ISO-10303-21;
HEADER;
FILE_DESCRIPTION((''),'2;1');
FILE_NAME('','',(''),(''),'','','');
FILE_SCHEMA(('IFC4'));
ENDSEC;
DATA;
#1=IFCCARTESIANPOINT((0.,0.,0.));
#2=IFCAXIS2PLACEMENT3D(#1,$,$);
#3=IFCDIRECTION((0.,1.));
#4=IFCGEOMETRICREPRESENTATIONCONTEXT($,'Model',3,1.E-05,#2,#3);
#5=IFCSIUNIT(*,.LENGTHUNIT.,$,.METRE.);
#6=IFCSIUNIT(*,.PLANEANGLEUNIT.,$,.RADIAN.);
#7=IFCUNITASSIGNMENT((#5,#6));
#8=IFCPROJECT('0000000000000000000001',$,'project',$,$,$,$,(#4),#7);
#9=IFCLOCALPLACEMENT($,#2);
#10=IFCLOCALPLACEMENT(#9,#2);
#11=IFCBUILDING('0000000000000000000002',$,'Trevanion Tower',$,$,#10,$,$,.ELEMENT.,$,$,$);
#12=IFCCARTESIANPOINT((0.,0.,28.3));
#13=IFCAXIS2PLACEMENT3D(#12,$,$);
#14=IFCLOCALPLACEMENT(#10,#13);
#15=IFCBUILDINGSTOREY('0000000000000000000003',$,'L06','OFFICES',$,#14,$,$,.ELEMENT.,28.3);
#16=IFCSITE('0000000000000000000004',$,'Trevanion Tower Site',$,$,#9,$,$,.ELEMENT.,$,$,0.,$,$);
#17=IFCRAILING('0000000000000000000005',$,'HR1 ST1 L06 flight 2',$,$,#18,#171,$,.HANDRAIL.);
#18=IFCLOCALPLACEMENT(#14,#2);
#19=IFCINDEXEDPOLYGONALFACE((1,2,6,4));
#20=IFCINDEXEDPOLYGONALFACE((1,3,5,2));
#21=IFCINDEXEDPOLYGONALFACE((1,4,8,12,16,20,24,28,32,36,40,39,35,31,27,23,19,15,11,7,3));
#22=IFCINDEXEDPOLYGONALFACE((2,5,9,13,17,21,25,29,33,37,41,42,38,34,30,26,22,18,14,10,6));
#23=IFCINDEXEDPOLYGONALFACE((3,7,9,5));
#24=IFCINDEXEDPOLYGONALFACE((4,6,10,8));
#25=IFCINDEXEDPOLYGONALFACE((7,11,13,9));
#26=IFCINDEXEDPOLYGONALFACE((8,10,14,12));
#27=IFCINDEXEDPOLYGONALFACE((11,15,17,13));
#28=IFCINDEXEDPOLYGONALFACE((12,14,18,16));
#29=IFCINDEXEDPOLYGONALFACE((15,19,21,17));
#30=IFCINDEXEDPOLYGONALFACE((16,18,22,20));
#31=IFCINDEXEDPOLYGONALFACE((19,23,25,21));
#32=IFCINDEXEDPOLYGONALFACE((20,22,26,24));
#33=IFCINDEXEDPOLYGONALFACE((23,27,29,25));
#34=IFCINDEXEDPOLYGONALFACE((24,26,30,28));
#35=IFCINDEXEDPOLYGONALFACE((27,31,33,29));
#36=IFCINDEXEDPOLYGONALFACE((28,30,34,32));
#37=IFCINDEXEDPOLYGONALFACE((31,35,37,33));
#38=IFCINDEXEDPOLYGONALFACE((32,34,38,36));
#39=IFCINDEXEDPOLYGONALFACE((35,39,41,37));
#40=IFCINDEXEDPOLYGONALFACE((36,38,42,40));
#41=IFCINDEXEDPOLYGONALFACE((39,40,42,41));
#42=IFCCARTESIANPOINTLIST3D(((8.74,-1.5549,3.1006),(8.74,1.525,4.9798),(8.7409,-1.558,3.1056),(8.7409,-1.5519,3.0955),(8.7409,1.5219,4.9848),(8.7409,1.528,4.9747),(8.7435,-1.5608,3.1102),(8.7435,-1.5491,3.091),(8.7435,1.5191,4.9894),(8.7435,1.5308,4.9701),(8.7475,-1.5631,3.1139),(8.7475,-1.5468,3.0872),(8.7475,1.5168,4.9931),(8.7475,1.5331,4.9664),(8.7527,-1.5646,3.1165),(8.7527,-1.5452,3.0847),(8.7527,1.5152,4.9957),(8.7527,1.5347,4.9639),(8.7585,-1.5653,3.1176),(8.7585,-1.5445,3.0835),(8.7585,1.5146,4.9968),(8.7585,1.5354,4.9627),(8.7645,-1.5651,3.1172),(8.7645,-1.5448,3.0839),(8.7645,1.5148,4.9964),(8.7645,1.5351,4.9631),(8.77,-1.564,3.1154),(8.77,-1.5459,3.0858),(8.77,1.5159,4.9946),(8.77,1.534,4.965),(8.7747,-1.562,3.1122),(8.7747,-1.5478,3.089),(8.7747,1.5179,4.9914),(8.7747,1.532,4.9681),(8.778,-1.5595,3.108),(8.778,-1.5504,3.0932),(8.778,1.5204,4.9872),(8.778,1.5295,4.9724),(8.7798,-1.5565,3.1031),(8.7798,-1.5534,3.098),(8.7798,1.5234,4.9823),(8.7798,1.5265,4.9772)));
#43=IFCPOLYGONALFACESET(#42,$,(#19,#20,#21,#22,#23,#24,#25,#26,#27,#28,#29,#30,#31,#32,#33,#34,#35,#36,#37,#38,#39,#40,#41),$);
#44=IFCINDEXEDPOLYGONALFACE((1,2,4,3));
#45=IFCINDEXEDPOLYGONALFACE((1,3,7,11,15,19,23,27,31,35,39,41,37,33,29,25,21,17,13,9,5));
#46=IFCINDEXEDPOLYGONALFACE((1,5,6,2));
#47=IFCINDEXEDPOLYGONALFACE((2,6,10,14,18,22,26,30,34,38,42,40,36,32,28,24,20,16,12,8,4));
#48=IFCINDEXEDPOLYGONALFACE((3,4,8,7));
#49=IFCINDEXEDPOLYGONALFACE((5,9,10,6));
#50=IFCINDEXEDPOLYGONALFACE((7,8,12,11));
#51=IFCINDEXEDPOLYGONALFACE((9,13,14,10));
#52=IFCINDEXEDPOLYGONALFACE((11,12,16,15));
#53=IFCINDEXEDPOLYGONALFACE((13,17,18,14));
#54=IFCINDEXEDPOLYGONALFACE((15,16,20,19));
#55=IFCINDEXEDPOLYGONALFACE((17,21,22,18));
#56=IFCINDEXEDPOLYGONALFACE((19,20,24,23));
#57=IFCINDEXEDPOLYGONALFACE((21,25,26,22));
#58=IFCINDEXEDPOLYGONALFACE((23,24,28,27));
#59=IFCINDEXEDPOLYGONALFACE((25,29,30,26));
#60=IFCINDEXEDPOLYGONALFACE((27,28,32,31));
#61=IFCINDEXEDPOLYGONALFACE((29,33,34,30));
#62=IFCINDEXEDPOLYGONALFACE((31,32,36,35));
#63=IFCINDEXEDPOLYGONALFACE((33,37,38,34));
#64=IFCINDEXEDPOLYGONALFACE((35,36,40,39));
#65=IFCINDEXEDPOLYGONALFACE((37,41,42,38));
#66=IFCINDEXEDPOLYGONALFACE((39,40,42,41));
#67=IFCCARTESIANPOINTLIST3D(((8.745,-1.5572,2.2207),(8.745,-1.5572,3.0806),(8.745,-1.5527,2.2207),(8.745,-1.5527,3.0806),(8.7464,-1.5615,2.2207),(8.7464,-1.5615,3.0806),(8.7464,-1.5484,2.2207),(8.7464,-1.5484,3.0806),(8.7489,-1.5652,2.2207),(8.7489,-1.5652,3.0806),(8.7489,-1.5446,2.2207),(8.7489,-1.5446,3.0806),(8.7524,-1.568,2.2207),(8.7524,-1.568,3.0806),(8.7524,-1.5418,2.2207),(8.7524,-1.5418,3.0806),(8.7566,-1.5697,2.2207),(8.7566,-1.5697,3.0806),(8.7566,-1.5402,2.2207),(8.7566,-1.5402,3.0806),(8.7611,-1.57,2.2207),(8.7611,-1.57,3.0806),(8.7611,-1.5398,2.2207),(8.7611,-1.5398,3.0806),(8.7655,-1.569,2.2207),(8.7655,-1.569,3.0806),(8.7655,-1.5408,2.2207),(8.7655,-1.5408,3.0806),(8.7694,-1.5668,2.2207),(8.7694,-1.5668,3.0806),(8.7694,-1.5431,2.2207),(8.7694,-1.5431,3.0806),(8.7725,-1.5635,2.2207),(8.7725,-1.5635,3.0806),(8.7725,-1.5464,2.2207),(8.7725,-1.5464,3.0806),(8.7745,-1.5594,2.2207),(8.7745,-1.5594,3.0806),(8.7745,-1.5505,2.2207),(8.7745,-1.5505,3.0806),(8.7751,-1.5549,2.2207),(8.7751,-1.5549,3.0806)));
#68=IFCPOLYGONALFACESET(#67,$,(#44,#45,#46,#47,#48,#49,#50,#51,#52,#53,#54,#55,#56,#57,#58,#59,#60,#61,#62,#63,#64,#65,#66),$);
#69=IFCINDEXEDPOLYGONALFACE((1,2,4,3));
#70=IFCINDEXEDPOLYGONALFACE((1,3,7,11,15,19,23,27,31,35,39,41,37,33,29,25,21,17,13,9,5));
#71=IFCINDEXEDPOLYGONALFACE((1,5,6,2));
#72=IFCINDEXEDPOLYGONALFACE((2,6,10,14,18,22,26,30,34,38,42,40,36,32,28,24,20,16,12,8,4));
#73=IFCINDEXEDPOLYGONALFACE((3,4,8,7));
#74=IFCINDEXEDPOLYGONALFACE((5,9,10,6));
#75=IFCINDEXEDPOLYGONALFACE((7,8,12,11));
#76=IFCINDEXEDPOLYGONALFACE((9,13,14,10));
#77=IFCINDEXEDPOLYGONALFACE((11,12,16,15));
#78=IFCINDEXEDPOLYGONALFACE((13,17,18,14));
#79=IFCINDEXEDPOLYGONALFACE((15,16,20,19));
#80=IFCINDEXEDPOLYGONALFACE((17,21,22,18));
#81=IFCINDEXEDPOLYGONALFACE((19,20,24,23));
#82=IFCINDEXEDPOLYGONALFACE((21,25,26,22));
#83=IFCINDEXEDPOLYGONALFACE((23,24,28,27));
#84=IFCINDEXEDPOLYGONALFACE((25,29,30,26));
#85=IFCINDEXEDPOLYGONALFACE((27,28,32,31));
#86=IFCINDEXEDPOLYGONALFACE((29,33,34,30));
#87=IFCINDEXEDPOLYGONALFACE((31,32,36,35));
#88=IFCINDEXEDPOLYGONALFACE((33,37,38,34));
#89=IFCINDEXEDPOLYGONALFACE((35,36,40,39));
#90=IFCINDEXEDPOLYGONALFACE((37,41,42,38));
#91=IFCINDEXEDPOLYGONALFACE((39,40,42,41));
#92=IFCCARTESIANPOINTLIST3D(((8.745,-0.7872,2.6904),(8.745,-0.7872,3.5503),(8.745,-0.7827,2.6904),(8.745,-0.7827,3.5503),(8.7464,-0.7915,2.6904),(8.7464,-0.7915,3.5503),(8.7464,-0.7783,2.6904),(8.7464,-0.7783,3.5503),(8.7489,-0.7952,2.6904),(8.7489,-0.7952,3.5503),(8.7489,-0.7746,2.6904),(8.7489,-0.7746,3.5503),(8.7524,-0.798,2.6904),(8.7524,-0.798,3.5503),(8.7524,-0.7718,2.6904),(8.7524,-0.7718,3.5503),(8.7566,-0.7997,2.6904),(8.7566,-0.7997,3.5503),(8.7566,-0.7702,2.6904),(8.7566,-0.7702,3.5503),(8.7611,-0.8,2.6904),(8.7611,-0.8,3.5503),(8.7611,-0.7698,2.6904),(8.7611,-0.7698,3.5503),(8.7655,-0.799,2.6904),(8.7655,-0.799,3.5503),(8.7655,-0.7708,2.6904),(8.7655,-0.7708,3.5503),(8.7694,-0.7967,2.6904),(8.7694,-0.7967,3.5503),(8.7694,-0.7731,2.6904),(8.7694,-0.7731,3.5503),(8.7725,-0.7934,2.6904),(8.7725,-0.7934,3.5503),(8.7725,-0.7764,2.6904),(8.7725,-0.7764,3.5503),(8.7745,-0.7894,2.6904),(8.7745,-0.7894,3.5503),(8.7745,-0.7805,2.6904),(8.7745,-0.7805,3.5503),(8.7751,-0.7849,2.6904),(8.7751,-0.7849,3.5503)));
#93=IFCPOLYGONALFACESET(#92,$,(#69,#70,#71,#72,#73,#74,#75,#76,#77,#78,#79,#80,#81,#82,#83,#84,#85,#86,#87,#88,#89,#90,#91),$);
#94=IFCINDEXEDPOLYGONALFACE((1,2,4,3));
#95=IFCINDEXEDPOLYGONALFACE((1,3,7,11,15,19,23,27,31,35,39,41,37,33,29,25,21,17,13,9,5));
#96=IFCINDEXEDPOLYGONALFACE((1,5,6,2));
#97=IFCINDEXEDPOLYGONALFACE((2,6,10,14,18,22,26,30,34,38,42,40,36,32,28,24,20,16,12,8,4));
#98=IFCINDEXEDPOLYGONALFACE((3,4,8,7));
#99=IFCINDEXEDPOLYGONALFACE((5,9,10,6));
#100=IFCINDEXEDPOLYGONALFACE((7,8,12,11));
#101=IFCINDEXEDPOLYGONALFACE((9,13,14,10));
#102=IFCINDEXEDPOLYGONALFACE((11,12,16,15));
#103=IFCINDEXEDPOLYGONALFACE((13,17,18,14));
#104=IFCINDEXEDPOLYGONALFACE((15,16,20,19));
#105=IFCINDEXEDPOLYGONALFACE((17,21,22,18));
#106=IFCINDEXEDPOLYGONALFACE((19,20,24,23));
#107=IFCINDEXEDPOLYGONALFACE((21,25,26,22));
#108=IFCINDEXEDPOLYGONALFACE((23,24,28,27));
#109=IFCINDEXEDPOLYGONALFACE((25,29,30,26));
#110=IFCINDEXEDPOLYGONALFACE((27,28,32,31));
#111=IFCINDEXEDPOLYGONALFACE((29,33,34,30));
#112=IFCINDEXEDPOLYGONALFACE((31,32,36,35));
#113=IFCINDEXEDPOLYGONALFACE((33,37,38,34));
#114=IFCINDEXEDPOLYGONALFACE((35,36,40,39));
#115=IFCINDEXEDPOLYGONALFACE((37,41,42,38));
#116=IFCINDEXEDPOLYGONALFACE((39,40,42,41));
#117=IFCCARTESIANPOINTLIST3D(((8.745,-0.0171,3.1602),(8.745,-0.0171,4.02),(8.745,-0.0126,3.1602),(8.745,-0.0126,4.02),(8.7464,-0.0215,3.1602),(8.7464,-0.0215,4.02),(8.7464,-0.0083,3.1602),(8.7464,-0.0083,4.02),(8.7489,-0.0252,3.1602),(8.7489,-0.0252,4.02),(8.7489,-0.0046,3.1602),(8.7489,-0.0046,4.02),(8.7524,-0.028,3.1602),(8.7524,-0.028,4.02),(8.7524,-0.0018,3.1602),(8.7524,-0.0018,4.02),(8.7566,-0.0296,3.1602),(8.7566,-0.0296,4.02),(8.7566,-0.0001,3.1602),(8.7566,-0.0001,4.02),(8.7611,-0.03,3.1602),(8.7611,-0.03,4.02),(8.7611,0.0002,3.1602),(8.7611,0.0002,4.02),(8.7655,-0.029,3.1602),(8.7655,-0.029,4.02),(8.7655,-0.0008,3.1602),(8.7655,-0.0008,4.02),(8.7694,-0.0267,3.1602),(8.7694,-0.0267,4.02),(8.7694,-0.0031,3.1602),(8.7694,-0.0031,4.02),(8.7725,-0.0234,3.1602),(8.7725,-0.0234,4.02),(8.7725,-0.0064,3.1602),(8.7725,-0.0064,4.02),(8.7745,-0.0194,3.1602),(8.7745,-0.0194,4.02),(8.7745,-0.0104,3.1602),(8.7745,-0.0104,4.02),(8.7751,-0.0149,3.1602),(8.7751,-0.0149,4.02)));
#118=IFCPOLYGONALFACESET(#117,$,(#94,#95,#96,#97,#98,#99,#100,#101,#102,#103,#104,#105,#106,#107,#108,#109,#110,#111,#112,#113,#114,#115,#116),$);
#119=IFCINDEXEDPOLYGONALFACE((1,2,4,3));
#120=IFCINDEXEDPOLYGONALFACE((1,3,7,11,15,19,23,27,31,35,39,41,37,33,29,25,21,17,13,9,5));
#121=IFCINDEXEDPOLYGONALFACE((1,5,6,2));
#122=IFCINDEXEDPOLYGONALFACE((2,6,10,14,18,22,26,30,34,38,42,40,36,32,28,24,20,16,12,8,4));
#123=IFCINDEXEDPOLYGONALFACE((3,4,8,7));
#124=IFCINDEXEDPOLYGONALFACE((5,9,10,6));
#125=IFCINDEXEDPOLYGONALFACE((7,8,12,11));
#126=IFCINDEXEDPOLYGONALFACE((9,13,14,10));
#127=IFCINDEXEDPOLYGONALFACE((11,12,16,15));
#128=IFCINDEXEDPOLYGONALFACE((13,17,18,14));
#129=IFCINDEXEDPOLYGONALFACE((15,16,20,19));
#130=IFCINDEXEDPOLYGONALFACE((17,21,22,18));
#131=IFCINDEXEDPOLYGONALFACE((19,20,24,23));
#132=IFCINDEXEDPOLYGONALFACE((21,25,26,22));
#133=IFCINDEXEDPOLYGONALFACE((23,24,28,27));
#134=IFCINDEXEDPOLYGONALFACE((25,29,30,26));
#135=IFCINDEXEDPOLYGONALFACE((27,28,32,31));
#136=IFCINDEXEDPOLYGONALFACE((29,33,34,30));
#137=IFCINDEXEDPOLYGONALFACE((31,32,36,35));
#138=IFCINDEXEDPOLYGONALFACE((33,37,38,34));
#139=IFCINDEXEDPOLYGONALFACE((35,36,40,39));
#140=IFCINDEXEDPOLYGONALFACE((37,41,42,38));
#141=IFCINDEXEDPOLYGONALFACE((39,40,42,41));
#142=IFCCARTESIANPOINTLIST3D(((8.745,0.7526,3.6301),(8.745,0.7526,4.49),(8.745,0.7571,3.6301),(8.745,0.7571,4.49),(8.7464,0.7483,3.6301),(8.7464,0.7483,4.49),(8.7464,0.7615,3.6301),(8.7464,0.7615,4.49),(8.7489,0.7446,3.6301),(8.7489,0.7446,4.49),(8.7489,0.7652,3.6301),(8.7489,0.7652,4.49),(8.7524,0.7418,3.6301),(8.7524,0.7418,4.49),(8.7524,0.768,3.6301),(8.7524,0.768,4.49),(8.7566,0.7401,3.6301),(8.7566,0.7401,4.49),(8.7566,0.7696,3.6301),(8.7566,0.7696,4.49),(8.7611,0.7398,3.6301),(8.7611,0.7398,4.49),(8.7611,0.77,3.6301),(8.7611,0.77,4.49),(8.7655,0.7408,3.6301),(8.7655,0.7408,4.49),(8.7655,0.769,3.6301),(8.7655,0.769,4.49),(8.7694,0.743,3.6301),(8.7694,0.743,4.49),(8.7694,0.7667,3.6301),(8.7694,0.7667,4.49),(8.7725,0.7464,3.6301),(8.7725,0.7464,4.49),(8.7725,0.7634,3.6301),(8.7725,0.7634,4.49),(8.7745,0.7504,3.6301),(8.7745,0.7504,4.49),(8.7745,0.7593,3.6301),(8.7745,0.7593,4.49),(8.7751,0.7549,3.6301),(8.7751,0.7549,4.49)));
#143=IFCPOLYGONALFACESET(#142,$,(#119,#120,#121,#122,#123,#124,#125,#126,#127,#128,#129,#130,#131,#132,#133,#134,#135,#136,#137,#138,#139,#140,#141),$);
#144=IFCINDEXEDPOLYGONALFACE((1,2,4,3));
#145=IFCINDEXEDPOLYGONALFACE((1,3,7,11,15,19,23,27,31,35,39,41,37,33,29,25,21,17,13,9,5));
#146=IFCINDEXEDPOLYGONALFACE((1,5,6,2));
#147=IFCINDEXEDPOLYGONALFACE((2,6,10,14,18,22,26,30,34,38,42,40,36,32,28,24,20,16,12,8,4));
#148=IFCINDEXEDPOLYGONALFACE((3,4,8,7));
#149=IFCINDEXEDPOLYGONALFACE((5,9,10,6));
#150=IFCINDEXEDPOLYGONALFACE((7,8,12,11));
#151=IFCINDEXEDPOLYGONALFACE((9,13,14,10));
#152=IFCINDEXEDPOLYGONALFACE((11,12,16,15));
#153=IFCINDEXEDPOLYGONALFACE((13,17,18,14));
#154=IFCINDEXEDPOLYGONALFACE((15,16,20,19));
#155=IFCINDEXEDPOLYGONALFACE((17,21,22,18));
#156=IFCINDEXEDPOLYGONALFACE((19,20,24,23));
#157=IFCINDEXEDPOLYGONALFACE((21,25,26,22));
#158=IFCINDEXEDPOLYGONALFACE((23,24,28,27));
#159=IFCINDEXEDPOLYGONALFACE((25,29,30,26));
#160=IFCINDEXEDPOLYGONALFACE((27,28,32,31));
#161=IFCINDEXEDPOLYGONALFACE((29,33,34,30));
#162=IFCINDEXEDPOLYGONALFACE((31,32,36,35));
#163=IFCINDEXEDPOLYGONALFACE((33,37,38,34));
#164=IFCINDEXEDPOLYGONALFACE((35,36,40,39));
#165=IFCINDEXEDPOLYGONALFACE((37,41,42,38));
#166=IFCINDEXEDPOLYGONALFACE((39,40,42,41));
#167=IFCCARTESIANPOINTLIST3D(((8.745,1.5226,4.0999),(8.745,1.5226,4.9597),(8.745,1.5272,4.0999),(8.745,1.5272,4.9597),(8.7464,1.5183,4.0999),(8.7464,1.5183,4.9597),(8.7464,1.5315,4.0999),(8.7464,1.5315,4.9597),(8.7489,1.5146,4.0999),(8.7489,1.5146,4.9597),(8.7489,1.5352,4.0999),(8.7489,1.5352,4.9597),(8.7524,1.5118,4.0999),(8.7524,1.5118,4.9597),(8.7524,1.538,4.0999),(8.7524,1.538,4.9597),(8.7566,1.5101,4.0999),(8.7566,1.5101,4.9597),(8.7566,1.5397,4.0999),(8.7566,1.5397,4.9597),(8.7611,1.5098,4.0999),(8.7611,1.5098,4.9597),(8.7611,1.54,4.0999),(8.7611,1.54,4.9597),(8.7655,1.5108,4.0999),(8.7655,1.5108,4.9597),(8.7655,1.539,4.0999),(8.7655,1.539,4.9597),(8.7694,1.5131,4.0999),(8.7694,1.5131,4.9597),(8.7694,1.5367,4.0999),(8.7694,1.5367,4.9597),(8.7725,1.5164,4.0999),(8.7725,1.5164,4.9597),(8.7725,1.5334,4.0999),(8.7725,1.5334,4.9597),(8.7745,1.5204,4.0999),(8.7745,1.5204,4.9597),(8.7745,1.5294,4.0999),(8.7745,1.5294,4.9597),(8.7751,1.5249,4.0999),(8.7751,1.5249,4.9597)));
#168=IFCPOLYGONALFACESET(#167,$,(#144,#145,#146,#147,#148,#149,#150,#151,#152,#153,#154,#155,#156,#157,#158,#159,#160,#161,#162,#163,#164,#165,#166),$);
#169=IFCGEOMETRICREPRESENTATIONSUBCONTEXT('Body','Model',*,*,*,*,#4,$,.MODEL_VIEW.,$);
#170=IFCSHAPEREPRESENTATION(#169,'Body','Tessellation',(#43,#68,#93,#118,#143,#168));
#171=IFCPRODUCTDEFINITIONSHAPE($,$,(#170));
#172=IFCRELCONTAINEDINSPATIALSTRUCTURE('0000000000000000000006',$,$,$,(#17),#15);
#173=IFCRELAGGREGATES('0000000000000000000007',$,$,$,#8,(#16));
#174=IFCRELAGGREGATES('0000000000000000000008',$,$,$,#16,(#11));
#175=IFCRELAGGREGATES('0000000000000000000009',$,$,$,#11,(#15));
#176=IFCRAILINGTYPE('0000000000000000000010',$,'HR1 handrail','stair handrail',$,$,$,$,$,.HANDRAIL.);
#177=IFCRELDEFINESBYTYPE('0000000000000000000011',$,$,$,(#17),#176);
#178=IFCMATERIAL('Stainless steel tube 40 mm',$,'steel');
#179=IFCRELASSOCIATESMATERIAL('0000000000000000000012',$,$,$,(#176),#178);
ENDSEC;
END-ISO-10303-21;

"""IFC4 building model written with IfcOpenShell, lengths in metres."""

from ifc_helpers import new_model, si_unit, direction, frame, origin, origin_2d, place, context, subcontext, project, spatial, circle, extrude, material, type_object, element, save


model = new_model("IFC4")

# Units and contexts
model_context = context("Model", 3, precision=1e-05, world=origin(), true_north=direction((0.0, 1.0)))
body_context = subcontext(model_context, "Body", "Model", "MODEL_VIEW")
ifc_project = project(units=[si_unit("LENGTHUNIT", "METRE"), si_unit("PLANEANGLEUNIT", "RADIAN")], contexts=[model_context])

# Site, building, storey
site_placement = place(None, origin())
site = spatial("IfcSite", under=ifc_project, at=site_placement, Name="Trevanion Tower Site", CompositionType="ELEMENT", RefElevation=0.0)
building_placement = place(site_placement, origin())
building = spatial("IfcBuilding", under=site, at=building_placement, Name="Trevanion Tower", CompositionType="ELEMENT")
storey_placement = place(building_placement, frame((0.0, 0.0, 28.3)))
storey = spatial("IfcBuildingStorey", under=building, at=storey_placement, Name="L06", Description="OFFICES", CompositionType="ELEMENT", Elevation=28.3)

# Railing
ifc_material_1 = material(Name="Stainless steel tube 40 mm", Category="steel")
railing_type = type_object("IfcRailingType", Name="HR1 handrail", Description="stair handrail", PredefinedType="HANDRAIL", material=ifc_material_1)
for number, where, name in (
    (1, (8.76, -1.5549, 2.2207), "HR1 ST1 L06 flight 2"),
):
    element("IfcRailing", number, at=place(storey_placement, frame(where)), inside=storey, type_object=railing_type, Name=name, PredefinedType="HANDRAIL", context=body_context, shape_type="SweptSolid", body=[
        extrude(circle(Radius=0.02, at=origin_2d()), frame((0.0, 0.0, 0.8799), z_axis=(0.0, 0.853648, 0.52085), x_axis=(-1.0, 0.0, 0.0)), (0.0, 0.0, 1.0), 3.6079),
        extrude(circle(Radius=0.0151, at=origin_2d()), origin(), (0.0, 0.0, 1.0), 0.8599),
        extrude(circle(Radius=0.0151, at=origin_2d()), frame((0.0, 0.77, 0.4697)), (0.0, 0.0, 1.0), 0.8599),
        extrude(circle(Radius=0.0151, at=origin_2d()), frame((0.0, 1.54, 0.9395)), (0.0, 0.0, 1.0), 0.8599),
        extrude(circle(Radius=0.0151, at=origin_2d()), frame((0.0, 2.3098, 1.4094)), (0.0, 0.0, 1.0), 0.8599),
        extrude(circle(Radius=0.0151, at=origin_2d()), frame((0.0, 3.0798, 1.8792)), (0.0, 0.0, 1.0), 0.8599),
    ])

save(model, "model.ifc")
